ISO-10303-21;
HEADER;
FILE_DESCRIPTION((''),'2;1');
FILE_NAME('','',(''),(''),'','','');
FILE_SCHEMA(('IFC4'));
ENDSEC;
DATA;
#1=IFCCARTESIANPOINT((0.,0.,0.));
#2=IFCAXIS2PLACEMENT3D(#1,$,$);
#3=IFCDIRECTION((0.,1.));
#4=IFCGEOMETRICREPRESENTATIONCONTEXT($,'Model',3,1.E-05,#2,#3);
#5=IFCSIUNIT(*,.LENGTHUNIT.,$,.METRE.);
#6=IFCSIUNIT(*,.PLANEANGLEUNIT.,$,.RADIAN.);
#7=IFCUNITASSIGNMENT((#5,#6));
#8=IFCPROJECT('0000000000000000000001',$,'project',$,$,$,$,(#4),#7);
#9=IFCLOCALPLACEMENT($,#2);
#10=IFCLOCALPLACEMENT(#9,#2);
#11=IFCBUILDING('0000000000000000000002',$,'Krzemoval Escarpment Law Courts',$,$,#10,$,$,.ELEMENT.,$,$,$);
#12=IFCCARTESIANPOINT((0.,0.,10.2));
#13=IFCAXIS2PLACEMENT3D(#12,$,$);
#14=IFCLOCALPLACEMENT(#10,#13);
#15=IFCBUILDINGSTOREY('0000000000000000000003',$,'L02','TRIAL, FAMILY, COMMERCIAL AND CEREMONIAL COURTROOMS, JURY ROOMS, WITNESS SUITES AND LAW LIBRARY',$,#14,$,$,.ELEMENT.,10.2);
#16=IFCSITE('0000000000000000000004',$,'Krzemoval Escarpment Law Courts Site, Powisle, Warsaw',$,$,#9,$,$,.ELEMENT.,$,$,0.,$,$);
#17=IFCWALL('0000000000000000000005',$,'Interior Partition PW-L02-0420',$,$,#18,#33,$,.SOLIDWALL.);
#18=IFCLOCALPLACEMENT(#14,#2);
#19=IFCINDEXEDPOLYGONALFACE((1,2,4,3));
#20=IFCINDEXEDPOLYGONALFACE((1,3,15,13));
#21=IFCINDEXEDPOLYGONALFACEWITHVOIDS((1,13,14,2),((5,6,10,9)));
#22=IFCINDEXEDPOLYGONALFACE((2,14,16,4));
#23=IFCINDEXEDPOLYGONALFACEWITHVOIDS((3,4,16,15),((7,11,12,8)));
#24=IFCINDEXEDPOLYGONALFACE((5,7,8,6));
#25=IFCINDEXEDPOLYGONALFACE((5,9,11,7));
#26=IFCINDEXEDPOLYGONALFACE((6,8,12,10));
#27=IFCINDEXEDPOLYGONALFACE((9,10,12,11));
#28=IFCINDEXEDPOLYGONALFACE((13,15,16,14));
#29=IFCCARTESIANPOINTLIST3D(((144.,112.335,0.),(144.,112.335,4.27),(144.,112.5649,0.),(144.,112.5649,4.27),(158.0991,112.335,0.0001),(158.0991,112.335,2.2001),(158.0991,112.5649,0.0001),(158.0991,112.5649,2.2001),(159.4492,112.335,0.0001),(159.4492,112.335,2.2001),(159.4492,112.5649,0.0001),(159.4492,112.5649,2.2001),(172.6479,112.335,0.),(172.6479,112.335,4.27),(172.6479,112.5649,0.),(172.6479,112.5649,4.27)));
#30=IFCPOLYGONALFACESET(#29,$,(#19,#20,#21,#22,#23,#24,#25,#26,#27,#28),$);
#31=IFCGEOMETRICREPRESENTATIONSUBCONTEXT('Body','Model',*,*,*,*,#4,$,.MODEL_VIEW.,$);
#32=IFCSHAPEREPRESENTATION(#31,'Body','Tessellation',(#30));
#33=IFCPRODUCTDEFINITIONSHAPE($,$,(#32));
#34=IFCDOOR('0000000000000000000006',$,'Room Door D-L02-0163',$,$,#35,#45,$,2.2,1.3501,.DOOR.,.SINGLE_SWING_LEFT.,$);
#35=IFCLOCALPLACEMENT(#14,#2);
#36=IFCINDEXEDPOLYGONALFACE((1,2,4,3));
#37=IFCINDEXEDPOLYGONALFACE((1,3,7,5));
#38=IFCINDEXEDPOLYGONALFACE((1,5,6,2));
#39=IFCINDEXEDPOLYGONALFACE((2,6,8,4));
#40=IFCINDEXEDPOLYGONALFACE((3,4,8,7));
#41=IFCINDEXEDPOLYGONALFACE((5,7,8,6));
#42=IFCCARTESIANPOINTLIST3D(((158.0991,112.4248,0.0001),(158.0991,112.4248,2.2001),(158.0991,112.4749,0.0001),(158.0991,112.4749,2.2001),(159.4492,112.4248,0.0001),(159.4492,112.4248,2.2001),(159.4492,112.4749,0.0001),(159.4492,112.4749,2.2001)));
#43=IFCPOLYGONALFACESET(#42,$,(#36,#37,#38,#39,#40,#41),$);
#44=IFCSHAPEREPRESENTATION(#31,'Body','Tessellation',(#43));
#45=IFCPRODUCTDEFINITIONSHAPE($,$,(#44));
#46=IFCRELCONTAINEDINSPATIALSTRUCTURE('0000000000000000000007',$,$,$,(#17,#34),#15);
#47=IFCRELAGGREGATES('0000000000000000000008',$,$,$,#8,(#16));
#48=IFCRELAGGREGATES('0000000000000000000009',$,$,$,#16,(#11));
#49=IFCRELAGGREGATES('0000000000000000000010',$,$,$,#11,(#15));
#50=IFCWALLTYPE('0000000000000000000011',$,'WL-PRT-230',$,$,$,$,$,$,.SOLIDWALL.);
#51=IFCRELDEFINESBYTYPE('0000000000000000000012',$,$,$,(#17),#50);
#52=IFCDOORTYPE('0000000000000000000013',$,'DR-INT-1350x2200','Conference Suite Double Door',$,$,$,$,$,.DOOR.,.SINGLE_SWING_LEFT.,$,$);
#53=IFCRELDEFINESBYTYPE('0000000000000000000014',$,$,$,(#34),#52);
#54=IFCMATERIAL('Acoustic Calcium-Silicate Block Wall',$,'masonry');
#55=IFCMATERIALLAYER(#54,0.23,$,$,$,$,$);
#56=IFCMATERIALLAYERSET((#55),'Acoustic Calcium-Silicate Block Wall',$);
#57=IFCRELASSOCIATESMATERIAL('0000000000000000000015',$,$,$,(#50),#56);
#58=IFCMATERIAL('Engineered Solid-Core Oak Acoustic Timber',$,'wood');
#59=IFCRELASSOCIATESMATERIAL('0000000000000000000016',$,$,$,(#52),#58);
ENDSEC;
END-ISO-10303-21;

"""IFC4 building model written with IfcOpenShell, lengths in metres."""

from ifc_helpers import new_model, si_unit, direction, frame, frame_2d, origin, place, context, subcontext, project, spatial, rectangle, extrude, material, layer, layer_set, type_object, element, fill, save


model = new_model("IFC4")

# Units and contexts
model_context = context("Model", 3, precision=1e-05, world=origin(), true_north=direction((0.0, 1.0)))
body_context = subcontext(model_context, "Body", "Model", "MODEL_VIEW")
ifc_project = project(units=[si_unit("LENGTHUNIT", "METRE"), si_unit("PLANEANGLEUNIT", "RADIAN")], contexts=[model_context])

# Site, building, storey
site_placement = place(None, origin())
site = spatial("IfcSite", under=ifc_project, at=site_placement, Name="Krzemoval Escarpment Law Courts Site, Powisle, Warsaw", CompositionType="ELEMENT", RefElevation=0.0)
building_placement = place(site_placement, origin())
building = spatial("IfcBuilding", under=site, at=building_placement, Name="Krzemoval Escarpment Law Courts", CompositionType="ELEMENT")
storey_placement = place(building_placement, frame((0.0, 0.0, 10.2)))
storey = spatial("IfcBuildingStorey", under=building, at=storey_placement, Name="L02", Description="TRIAL, FAMILY, COMMERCIAL AND CEREMONIAL COURTROOMS, JURY ROOMS, WITNESS SUITES AND LAW LIBRARY", CompositionType="ELEMENT", Elevation=10.2)

# Wall, opening, door
ifc_material_1 = material(Name="Acoustic Calcium-Silicate Block Wall", Category="masonry")
ifc_layer_1 = layer(ifc_material_1, 0.23)
ifc_layer_set_1 = layer_set([ifc_layer_1], Name="Acoustic Calcium-Silicate Block Wall")
wall_type_1 = type_object("IfcWallType", Name="WL-PRT-230", PredefinedType="SOLIDWALL", material=ifc_layer_set_1)
wall_1_placement = place(storey_placement, frame((144.0, 112.45, 0.0), z_axis=(0.0, 0.0, 1.0), x_axis=(1.0, 0.0, 0.0)))
wall_1 = element("IfcWall", 1, at=wall_1_placement, inside=storey, type_object=wall_type_1, Name="Interior Partition PW-L02-0420", PredefinedType="SOLIDWALL", context=body_context, shape_type="SweptSolid", body=[
    extrude(rectangle(XDim=28.6479, YDim=0.23, at=frame_2d((14.324, 0.0))), origin(), (0.0, 0.0, 1.0), 4.27),
])
opening_1_placement = place(wall_1_placement, frame((14.0991, 0.0, 0.0)))
opening_1 = element("IfcOpeningElement", 2, at=opening_1_placement, cuts=wall_1, PredefinedType="OPENING", context=body_context, shape_type="SweptSolid", body=[
    extrude(rectangle(XDim=1.3501, YDim=2.2, at=frame_2d((0.675, 1.1001))), frame((0.0, 0.13, 0.0), z_axis=(0.0, -1.0, 0.0), x_axis=(1.0, 0.0, 0.0)), (0.0, 0.0, 1.0), 0.26),
])
ifc_material_2 = material(Name="Engineered Solid-Core Oak Acoustic Timber", Category="wood")
door_type_1 = type_object("IfcDoorType", Name="DR-INT-1350x2200", Description="Conference Suite Double Door", OperationType="SINGLE_SWING_LEFT", PredefinedType="DOOR", material=ifc_material_2)
door_1_placement = place(opening_1_placement, origin())
door_1 = element("IfcDoor", 3, at=door_1_placement, inside=storey, type_object=door_type_1, Name="Room Door D-L02-0163", OperationType="SINGLE_SWING_LEFT", OverallHeight=2.2, OverallWidth=1.3501, PredefinedType="DOOR", context=body_context, shape_type="SweptSolid", body=[
    extrude(rectangle(XDim=1.3501, YDim=2.2, at=frame_2d((0.675, 1.1001))), frame((0.0, 0.0249, 0.0), z_axis=(0.0, -1.0, 0.0), x_axis=(1.0, 0.0, 0.0)), (0.0, 0.0, 1.0), 0.05),
])
fill(opening_1, door_1)

save(model, "model.ifc")
